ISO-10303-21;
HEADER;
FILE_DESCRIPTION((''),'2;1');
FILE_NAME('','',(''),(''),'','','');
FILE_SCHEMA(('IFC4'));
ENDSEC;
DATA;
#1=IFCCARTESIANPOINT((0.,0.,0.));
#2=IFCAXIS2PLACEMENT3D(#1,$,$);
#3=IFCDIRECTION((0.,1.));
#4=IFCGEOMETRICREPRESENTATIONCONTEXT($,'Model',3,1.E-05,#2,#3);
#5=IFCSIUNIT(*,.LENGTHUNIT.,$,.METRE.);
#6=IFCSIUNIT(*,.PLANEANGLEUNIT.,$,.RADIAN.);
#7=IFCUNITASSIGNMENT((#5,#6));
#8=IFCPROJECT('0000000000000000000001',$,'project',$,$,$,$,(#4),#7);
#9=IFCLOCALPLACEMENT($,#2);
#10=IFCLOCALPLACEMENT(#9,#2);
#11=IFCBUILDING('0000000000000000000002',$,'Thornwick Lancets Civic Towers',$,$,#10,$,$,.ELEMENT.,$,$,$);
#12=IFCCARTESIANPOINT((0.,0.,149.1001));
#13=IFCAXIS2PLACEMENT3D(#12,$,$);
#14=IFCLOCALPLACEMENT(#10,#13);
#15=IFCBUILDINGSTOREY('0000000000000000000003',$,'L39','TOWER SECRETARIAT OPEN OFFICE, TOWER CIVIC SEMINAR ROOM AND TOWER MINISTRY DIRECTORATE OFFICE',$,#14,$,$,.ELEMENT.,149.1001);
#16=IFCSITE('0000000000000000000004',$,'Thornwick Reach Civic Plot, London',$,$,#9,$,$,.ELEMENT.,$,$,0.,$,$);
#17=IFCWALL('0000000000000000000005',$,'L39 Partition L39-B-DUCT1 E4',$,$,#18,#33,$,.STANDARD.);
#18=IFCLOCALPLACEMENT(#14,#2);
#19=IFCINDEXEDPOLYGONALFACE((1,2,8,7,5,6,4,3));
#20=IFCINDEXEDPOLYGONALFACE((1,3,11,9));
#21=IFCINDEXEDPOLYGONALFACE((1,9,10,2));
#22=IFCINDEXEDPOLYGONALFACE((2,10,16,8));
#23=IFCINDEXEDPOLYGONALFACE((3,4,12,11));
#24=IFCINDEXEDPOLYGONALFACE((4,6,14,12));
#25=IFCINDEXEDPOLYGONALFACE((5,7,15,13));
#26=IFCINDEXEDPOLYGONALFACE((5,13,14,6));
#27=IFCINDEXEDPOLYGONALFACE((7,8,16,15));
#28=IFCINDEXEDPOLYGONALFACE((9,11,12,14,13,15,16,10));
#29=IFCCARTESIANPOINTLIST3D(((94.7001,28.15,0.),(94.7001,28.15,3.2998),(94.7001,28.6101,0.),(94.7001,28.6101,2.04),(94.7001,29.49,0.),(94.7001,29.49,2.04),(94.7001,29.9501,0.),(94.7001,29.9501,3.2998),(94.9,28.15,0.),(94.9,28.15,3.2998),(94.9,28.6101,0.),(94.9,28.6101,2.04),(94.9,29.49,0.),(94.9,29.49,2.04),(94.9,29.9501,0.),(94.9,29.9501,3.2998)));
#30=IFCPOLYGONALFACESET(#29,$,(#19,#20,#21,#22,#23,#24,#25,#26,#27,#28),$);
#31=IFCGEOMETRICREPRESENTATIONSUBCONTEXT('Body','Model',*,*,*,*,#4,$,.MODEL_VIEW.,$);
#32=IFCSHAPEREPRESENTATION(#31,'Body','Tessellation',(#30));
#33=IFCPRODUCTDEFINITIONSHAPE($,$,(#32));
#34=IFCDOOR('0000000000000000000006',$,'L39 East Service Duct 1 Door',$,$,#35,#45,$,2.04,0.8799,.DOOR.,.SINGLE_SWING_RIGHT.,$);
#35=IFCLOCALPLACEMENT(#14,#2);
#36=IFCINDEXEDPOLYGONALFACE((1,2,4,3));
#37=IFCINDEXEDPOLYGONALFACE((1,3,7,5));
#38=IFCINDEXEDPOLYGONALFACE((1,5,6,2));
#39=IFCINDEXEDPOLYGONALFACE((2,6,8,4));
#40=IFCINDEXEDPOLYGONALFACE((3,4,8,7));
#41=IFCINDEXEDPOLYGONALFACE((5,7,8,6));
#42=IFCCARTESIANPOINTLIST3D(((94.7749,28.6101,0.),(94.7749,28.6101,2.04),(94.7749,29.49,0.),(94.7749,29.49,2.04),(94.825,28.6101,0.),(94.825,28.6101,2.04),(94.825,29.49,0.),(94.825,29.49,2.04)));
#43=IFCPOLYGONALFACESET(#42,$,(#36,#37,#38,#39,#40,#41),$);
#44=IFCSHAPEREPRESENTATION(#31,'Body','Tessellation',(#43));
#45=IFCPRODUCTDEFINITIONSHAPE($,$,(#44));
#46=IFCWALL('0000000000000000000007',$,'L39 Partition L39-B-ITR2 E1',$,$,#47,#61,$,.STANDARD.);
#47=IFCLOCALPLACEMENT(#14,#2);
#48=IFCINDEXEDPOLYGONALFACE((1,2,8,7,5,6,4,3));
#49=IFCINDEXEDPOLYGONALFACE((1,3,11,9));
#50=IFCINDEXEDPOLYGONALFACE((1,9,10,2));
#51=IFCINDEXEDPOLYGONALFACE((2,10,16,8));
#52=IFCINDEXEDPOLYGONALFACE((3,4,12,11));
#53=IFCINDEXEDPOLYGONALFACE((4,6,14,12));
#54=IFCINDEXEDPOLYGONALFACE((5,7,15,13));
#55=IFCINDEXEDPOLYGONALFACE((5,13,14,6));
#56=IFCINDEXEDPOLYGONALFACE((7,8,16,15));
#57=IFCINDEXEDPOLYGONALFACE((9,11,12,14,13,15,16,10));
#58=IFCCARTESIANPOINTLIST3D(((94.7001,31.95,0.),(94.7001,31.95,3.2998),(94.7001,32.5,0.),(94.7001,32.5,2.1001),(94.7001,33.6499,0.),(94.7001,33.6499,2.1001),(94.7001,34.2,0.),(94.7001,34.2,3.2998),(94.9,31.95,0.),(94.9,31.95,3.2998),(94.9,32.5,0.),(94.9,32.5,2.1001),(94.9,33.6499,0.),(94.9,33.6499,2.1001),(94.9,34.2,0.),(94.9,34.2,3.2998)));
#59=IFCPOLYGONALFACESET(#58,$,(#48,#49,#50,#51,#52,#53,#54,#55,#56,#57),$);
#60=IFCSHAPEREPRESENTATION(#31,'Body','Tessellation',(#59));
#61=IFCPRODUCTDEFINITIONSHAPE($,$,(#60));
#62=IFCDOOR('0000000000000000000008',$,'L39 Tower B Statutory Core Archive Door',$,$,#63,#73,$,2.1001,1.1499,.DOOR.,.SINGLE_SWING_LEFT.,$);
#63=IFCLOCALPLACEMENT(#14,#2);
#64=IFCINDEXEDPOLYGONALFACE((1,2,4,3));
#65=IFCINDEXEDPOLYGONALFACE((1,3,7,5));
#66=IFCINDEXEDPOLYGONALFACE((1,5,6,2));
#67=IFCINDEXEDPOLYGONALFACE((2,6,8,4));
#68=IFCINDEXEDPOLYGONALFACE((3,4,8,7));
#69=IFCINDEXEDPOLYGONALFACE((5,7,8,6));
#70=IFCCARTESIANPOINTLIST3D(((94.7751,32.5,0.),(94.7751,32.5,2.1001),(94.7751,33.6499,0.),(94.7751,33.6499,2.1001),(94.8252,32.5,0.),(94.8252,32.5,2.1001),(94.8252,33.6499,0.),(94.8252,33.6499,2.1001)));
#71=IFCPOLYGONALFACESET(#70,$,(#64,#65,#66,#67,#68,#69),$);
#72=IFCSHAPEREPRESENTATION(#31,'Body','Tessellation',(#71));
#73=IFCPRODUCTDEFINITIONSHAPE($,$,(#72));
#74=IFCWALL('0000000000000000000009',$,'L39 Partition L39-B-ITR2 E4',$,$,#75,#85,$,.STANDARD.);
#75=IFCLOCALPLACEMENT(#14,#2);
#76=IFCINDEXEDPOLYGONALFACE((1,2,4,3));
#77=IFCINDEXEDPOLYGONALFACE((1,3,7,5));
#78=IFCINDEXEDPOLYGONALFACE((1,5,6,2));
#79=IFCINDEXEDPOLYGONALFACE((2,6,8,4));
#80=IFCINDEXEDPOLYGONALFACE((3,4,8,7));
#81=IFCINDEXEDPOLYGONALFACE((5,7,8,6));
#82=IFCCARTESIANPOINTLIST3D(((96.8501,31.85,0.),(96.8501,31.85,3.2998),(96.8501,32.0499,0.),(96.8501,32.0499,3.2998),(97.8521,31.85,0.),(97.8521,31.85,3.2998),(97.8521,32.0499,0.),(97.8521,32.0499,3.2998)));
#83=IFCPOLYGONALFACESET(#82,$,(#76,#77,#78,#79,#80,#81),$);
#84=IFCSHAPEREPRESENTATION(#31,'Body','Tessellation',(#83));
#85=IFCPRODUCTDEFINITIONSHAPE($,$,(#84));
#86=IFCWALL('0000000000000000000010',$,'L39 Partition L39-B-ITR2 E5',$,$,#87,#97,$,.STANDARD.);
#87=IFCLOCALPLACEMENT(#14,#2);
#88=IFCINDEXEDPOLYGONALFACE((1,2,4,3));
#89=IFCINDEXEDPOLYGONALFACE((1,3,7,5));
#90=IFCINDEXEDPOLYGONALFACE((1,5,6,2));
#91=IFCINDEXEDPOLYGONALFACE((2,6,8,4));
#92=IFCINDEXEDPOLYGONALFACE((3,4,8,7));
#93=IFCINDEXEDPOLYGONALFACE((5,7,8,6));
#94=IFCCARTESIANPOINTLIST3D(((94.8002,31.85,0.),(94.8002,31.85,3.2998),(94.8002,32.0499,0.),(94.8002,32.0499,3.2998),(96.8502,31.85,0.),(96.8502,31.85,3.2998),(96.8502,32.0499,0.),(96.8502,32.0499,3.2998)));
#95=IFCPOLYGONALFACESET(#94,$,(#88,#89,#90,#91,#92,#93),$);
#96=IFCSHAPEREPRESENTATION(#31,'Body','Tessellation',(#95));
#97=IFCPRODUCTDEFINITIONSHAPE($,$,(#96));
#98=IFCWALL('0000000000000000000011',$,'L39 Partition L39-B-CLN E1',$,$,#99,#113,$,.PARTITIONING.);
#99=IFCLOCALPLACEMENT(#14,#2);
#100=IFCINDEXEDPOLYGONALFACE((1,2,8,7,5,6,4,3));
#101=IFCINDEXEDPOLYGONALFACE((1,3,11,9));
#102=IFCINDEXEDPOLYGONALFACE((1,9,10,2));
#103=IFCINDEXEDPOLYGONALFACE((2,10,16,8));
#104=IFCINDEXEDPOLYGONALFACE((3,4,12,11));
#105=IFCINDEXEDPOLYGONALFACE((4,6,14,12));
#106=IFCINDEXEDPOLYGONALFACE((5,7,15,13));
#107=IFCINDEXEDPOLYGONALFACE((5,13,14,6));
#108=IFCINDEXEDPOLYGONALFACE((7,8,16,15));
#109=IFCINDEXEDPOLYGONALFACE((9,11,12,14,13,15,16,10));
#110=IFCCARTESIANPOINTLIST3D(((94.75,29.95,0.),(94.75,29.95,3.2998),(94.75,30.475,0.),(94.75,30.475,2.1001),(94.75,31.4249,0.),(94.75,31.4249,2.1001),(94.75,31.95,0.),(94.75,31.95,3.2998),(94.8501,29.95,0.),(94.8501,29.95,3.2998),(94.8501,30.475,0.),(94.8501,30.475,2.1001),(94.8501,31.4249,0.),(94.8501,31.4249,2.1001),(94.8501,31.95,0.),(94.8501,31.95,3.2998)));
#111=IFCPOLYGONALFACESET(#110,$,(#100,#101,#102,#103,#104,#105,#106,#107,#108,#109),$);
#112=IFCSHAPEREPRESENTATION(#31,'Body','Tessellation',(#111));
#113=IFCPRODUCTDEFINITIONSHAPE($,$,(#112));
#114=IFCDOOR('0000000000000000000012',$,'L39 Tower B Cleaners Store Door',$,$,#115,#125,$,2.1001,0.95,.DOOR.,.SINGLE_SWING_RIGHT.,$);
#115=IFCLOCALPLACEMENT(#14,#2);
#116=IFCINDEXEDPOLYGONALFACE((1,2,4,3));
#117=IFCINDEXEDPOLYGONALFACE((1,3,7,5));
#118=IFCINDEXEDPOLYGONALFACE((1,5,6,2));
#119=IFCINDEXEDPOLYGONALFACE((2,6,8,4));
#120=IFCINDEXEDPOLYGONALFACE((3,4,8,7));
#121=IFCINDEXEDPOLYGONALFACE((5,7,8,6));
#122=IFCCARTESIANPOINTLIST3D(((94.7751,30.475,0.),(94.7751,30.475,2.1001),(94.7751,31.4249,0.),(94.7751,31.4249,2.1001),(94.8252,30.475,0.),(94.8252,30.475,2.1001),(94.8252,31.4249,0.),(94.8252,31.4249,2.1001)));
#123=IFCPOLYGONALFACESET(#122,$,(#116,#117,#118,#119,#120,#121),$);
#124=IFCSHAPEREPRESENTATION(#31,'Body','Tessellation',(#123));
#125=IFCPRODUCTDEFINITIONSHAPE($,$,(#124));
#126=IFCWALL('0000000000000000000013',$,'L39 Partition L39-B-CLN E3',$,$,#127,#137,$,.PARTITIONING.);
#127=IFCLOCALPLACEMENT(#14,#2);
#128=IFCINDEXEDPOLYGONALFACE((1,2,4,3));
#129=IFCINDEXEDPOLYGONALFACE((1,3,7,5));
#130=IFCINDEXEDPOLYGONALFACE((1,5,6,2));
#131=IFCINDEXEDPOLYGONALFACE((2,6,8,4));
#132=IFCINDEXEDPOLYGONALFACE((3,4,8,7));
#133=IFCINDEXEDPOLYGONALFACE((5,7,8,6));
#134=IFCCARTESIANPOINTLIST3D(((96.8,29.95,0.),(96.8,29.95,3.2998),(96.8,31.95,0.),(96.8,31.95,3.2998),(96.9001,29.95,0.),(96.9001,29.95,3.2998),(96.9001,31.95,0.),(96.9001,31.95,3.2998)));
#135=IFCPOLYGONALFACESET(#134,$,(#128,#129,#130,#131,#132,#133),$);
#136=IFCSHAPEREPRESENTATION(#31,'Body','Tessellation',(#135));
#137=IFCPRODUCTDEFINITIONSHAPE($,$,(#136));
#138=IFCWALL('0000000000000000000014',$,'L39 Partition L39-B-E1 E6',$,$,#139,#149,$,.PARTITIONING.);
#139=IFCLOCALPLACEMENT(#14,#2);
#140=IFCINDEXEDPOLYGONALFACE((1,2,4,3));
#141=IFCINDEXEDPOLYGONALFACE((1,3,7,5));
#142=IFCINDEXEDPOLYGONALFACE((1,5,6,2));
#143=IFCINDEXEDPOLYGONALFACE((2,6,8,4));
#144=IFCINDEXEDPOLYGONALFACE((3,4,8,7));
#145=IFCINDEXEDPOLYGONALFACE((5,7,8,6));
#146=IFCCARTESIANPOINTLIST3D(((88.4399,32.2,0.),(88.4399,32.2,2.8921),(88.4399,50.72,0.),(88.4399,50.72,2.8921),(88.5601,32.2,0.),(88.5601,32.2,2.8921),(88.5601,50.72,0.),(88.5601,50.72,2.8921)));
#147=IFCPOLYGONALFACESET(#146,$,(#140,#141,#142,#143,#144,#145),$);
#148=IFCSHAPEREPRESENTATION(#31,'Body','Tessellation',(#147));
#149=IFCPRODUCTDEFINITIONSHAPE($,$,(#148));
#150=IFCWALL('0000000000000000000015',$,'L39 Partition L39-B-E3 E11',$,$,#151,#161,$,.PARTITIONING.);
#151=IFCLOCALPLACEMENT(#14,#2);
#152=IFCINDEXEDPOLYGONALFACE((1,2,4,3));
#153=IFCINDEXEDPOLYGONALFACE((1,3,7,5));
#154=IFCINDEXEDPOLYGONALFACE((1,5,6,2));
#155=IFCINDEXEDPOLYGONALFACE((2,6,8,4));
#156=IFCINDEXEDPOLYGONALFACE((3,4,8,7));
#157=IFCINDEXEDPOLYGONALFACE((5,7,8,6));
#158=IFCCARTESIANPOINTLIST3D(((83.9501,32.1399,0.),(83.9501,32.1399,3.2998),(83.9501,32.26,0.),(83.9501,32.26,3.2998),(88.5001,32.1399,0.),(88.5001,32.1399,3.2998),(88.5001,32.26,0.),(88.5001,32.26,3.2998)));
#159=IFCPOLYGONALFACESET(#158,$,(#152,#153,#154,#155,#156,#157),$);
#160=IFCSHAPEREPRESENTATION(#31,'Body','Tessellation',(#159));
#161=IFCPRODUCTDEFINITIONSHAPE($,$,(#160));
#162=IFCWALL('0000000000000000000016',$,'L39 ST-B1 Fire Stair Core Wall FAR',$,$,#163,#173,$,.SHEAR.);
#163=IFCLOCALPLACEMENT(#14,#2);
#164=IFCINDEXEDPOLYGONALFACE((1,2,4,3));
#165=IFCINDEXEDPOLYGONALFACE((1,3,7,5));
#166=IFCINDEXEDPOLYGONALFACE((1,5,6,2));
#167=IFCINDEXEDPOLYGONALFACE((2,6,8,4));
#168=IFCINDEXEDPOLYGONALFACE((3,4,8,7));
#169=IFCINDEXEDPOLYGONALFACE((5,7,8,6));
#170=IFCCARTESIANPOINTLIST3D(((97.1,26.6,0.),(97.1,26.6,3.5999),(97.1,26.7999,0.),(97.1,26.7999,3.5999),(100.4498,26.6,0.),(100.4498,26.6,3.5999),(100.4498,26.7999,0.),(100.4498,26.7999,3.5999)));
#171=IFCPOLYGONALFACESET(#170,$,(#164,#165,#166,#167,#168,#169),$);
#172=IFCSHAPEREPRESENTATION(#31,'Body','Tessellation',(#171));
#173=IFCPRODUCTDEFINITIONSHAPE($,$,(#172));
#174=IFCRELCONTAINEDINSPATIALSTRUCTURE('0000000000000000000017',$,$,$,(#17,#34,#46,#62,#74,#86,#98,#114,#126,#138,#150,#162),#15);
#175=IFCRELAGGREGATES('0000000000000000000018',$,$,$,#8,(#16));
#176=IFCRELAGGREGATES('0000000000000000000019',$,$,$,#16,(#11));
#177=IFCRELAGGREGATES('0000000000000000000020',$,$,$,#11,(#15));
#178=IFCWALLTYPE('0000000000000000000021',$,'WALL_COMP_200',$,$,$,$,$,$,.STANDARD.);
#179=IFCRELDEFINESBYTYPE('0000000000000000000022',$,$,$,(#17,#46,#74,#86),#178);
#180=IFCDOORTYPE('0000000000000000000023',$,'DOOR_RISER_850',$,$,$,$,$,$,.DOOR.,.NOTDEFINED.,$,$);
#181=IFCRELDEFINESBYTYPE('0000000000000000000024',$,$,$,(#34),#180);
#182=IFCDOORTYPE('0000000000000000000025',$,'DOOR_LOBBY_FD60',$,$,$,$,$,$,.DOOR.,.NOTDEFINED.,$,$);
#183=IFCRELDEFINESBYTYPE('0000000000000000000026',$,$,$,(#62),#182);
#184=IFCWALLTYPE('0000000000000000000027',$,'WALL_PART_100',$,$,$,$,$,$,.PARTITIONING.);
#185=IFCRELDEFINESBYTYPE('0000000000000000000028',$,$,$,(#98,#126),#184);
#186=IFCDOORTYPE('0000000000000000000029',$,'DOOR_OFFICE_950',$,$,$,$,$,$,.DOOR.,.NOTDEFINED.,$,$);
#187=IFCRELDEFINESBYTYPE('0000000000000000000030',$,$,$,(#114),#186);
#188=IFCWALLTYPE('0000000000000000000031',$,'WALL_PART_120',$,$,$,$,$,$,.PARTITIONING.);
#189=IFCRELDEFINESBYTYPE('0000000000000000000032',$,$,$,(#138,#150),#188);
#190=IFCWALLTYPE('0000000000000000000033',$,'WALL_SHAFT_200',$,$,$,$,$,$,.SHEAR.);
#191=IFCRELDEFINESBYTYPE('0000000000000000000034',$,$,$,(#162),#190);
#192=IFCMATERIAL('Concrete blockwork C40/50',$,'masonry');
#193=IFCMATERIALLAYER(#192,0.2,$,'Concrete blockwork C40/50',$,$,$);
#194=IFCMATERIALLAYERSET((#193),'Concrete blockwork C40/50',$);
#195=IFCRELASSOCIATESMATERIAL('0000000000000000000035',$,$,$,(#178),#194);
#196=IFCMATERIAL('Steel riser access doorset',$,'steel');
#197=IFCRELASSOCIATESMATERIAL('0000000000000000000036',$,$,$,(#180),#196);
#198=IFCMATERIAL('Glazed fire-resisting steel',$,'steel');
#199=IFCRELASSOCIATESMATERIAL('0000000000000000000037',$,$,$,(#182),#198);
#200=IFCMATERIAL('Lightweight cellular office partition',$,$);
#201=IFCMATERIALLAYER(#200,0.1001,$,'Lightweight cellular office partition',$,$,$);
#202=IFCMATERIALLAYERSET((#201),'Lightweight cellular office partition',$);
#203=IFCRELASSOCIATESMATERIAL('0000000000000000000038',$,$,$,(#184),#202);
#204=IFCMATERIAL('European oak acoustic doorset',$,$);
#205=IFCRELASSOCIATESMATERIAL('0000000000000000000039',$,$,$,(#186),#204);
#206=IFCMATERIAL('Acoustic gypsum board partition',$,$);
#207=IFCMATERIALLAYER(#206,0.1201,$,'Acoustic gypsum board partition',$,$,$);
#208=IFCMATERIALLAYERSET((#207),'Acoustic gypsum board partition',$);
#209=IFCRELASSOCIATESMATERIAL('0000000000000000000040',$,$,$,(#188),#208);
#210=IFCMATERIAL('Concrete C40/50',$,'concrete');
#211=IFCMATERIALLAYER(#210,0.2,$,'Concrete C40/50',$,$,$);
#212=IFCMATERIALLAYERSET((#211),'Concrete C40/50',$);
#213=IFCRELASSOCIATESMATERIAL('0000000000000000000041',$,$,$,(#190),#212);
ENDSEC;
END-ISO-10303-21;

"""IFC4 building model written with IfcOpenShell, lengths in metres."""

from ifc_helpers import new_model, si_unit, direction, frame, frame_2d, origin, place, context, subcontext, project, spatial, rectangle, extrude, material, layer, layer_set, type_object, element, fill, save


model = new_model("IFC4")

# Units and contexts
model_context = context("Model", 3, precision=1e-05, world=origin(), true_north=direction((0.0, 1.0)))
body_context = subcontext(model_context, "Body", "Model", "MODEL_VIEW")
ifc_project = project(units=[si_unit("LENGTHUNIT", "METRE"), si_unit("PLANEANGLEUNIT", "RADIAN")], contexts=[model_context])

# Site, building, storey
site_placement = place(None, origin())
site = spatial("IfcSite", under=ifc_project, at=site_placement, Name="Thornwick Reach Civic Plot, London", CompositionType="ELEMENT", RefElevation=0.0)
building_placement = place(site_placement, origin())
building = spatial("IfcBuilding", under=site, at=building_placement, Name="Thornwick Lancets Civic Towers", CompositionType="ELEMENT")
storey_placement = place(building_placement, frame((0.0, 0.0, 149.1001)))
storey = spatial("IfcBuildingStorey", under=building, at=storey_placement, Name="L39", Description="TOWER SECRETARIAT OPEN OFFICE, TOWER CIVIC SEMINAR ROOM AND TOWER MINISTRY DIRECTORATE OFFICE", CompositionType="ELEMENT", Elevation=149.1001)

# Shared definitions
ifc_material_1 = material(Name="Concrete blockwork C40/50", Category="masonry")
ifc_layer_1 = layer(ifc_material_1, 0.2, Name="Concrete blockwork C40/50")
ifc_layer_set_1 = layer_set([ifc_layer_1], Name="Concrete blockwork C40/50")
wall_type_1 = type_object("IfcWallType", Name="WALL_COMP_200", PredefinedType="STANDARD", material=ifc_layer_set_1)

# Walls, openings, doors
wall_1_placement = place(storey_placement, frame((94.8, 29.95, 0.0), z_axis=(0.0, 0.0, 1.0), x_axis=(0.0, -1.0, 0.0)))
wall_1 = element("IfcWall", 1, at=wall_1_placement, inside=storey, type_object=wall_type_1, Name="L39 Partition L39-B-DUCT1 E4", PredefinedType="STANDARD", context=body_context, shape_type="SweptSolid", body=[
    extrude(rectangle(XDim=1.8, YDim=0.2, at=frame_2d((0.8999, 0.0))), origin(), (0.0, 0.0, 1.0), 3.2998),
])
opening_1_placement = place(wall_1_placement, frame((0.46, 0.0, 0.0)))
opening_1 = element("IfcOpeningElement", 2, at=opening_1_placement, cuts=wall_1, PredefinedType="OPENING", context=body_context, shape_type="SweptSolid", body=[
    extrude(rectangle(XDim=0.8799, YDim=2.04, at=frame_2d((0.4399, 1.02))), frame((0.0, 0.1099, 0.0), z_axis=(0.0, -1.0, 0.0), x_axis=(1.0, 0.0, 0.0)), (0.0, 0.0, 1.0), 0.22),
])
ifc_material_2 = material(Name="Steel riser access doorset", Category="steel")
door_type_1 = type_object("IfcDoorType", Name="DOOR_RISER_850", OperationType="NOTDEFINED", PredefinedType="DOOR", material=ifc_material_2)
door_1_placement = place(opening_1_placement, origin())
door_1 = element("IfcDoor", 3, at=door_1_placement, inside=storey, type_object=door_type_1, Name="L39 East Service Duct 1 Door", OperationType="SINGLE_SWING_RIGHT", OverallHeight=2.04, OverallWidth=0.8799, PredefinedType="DOOR", context=body_context, shape_type="SweptSolid", body=[
    extrude(rectangle(XDim=0.8799, YDim=2.04, at=frame_2d((0.4399, 1.02))), frame((0.0, 0.0249, 0.0), z_axis=(0.0, -1.0, 0.0), x_axis=(1.0, 0.0, 0.0)), (0.0, 0.0, 1.0), 0.05),
])
fill(opening_1, door_1)
wall_2_placement = place(storey_placement, frame((94.8, 31.95, 0.0), z_axis=(0.0, 0.0, 1.0), x_axis=(0.0, 1.0, 0.0)))
wall_2 = element("IfcWall", 4, at=wall_2_placement, inside=storey, type_object=wall_type_1, Name="L39 Partition L39-B-ITR2 E1", PredefinedType="STANDARD", context=body_context, shape_type="SweptSolid", body=[
    extrude(rectangle(XDim=2.25, YDim=0.2, at=frame_2d((1.125, 0.0))), origin(), (0.0, 0.0, 1.0), 3.2998),
])
opening_2_placement = place(wall_2_placement, frame((0.55, 0.0, 0.0)))
opening_2 = element("IfcOpeningElement", 5, at=opening_2_placement, cuts=wall_2, PredefinedType="OPENING", context=body_context, shape_type="SweptSolid", body=[
    extrude(rectangle(XDim=1.1499, YDim=2.1001, at=frame_2d((0.575, 1.05))), frame((0.0, 0.1099, 0.0), z_axis=(0.0, -1.0, 0.0), x_axis=(1.0, 0.0, 0.0)), (0.0, 0.0, 1.0), 0.22),
])
ifc_material_3 = material(Name="Glazed fire-resisting steel", Category="steel")
door_type_2 = type_object("IfcDoorType", Name="DOOR_LOBBY_FD60", OperationType="NOTDEFINED", PredefinedType="DOOR", material=ifc_material_3)
door_2_placement = place(opening_2_placement, origin())
door_2 = element("IfcDoor", 6, at=door_2_placement, inside=storey, type_object=door_type_2, Name="L39 Tower B Statutory Core Archive Door", OperationType="SINGLE_SWING_LEFT", OverallHeight=2.1001, OverallWidth=1.1499, PredefinedType="DOOR", context=body_context, shape_type="SweptSolid", body=[
    extrude(rectangle(XDim=1.1499, YDim=2.1001, at=frame_2d((0.575, 1.05))), frame((0.0, 0.0249, 0.0), z_axis=(0.0, -1.0, 0.0), x_axis=(1.0, 0.0, 0.0)), (0.0, 0.0, 1.0), 0.05),
])
fill(opening_2, door_2)

# Walls
wall_3_placement = place(storey_placement, frame((97.8521, 31.95, 0.0), z_axis=(0.0, 0.0, 1.0), x_axis=(-1.0, 0.0, 0.0)))
element("IfcWall", 7, at=wall_3_placement, inside=storey, type_object=wall_type_1, Name="L39 Partition L39-B-ITR2 E4", PredefinedType="STANDARD", context=body_context, shape_type="SweptSolid", body=[
    extrude(rectangle(XDim=1.002, YDim=0.2, at=frame_2d((0.501, 0.0))), origin(), (0.0, 0.0, 1.0), 3.2998),
])
wall_4_placement = place(storey_placement, frame((96.8501, 31.95, 0.0), z_axis=(0.0, 0.0, 1.0), x_axis=(-1.0, 0.0, 0.0)))
element("IfcWall", 8, at=wall_4_placement, inside=storey, type_object=wall_type_1, Name="L39 Partition L39-B-ITR2 E5", PredefinedType="STANDARD", context=body_context, shape_type="SweptSolid", body=[
    extrude(rectangle(XDim=2.05, YDim=0.2, at=frame_2d((1.0249, 0.0))), origin(), (0.0, 0.0, 1.0), 3.2998),
])

# Wall, opening, door
ifc_material_4 = material(Name="Lightweight cellular office partition")
ifc_layer_2 = layer(ifc_material_4, 0.1001, Name="Lightweight cellular office partition")
ifc_layer_set_2 = layer_set([ifc_layer_2], Name="Lightweight cellular office partition")
wall_type_2 = type_object("IfcWallType", Name="WALL_PART_100", PredefinedType="PARTITIONING", material=ifc_layer_set_2)
wall_5_placement = place(storey_placement, frame((94.8, 29.95, 0.0), z_axis=(0.0, 0.0, 1.0), x_axis=(0.0, 1.0, 0.0)))
wall_5 = element("IfcWall", 9, at=wall_5_placement, inside=storey, type_object=wall_type_2, Name="L39 Partition L39-B-CLN E1", PredefinedType="PARTITIONING", context=body_context, shape_type="SweptSolid", body=[
    extrude(rectangle(XDim=2.0, YDim=0.1001, at=frame_2d((1.0, 0.0))), origin(), (0.0, 0.0, 1.0), 3.2998),
])
opening_3_placement = place(wall_5_placement, frame((0.5249, 0.0, 0.0)))
opening_3 = element("IfcOpeningElement", 10, at=opening_3_placement, cuts=wall_5, PredefinedType="OPENING", context=body_context, shape_type="SweptSolid", body=[
    extrude(rectangle(XDim=0.95, YDim=2.1001, at=frame_2d((0.4751, 1.05))), frame((0.0, 0.0601, 0.0), z_axis=(0.0, -1.0, 0.0), x_axis=(1.0, 0.0, 0.0)), (0.0, 0.0, 1.0), 0.1201),
])
ifc_material_5 = material(Name="European oak acoustic doorset")
door_type_3 = type_object("IfcDoorType", Name="DOOR_OFFICE_950", OperationType="NOTDEFINED", PredefinedType="DOOR", material=ifc_material_5)
door_3_placement = place(opening_3_placement, origin())
door_3 = element("IfcDoor", 11, at=door_3_placement, inside=storey, type_object=door_type_3, Name="L39 Tower B Cleaners Store Door", OperationType="SINGLE_SWING_RIGHT", OverallHeight=2.1001, OverallWidth=0.95, PredefinedType="DOOR", context=body_context, shape_type="SweptSolid", body=[
    extrude(rectangle(XDim=0.95, YDim=2.1001, at=frame_2d((0.4751, 1.05))), frame((0.0, 0.0249, 0.0), z_axis=(0.0, -1.0, 0.0), x_axis=(1.0, 0.0, 0.0)), (0.0, 0.0, 1.0), 0.05),
])
fill(opening_3, door_3)

# Walls
wall_6_placement = place(storey_placement, frame((96.8501, 31.95, 0.0), z_axis=(0.0, 0.0, 1.0), x_axis=(0.0, -1.0, 0.0)))
element("IfcWall", 12, at=wall_6_placement, inside=storey, type_object=wall_type_2, Name="L39 Partition L39-B-CLN E3", PredefinedType="PARTITIONING", context=body_context, shape_type="SweptSolid", body=[
    extrude(rectangle(XDim=2.0, YDim=0.1001, at=frame_2d((1.0, 0.0))), origin(), (0.0, 0.0, 1.0), 3.2998),
])
ifc_material_6 = material(Name="Acoustic gypsum board partition")
ifc_layer_3 = layer(ifc_material_6, 0.1201, Name="Acoustic gypsum board partition")
ifc_layer_set_3 = layer_set([ifc_layer_3], Name="Acoustic gypsum board partition")
wall_type_3 = type_object("IfcWallType", Name="WALL_PART_120", PredefinedType="PARTITIONING", material=ifc_layer_set_3)
wall_7_placement = place(storey_placement, frame((88.5, 32.2, 0.0), z_axis=(0.0, 0.0, 1.0), x_axis=(0.0, 1.0, 0.0)))
element("IfcWall", 13, at=wall_7_placement, inside=storey, type_object=wall_type_3, Name="L39 Partition L39-B-E1 E6", PredefinedType="PARTITIONING", context=body_context, shape_type="SweptSolid", body=[
    extrude(rectangle(XDim=18.52, YDim=0.1201, at=frame_2d((9.26, 0.0))), origin(), (0.0, 0.0, 1.0), 2.8921),
])
wall_8_placement = place(storey_placement, frame((88.5, 32.2, 0.0), z_axis=(0.0, 0.0, 1.0), x_axis=(-1.0, 0.0, 0.0)))
element("IfcWall", 14, at=wall_8_placement, inside=storey, type_object=wall_type_3, Name="L39 Partition L39-B-E3 E11", PredefinedType="PARTITIONING", context=body_context, shape_type="SweptSolid", body=[
    extrude(rectangle(XDim=4.55, YDim=0.1201, at=frame_2d((2.2749, 0.0))), origin(), (0.0, 0.0, 1.0), 3.2998),
])
ifc_material_7 = material(Name="Concrete C40/50", Category="concrete")
ifc_layer_4 = layer(ifc_material_7, 0.2, Name="Concrete C40/50")
ifc_layer_set_4 = layer_set([ifc_layer_4], Name="Concrete C40/50")
wall_type_4 = type_object("IfcWallType", Name="WALL_SHAFT_200", PredefinedType="SHEAR", material=ifc_layer_set_4)
wall_9_placement = place(storey_placement, frame((97.1001, 26.7, 0.0), z_axis=(0.0, 0.0, 1.0), x_axis=(1.0, 0.0, 0.0)))
element("IfcWall", 15, at=wall_9_placement, inside=storey, type_object=wall_type_4, Name="L39 ST-B1 Fire Stair Core Wall FAR", PredefinedType="SHEAR", context=body_context, shape_type="SweptSolid", body=[
    extrude(rectangle(XDim=3.3499, YDim=0.2, at=frame_2d((1.6748, 0.0))), origin(), (0.0, 0.0, 1.0), 3.5999),
])

save(model, "model.ifc")
